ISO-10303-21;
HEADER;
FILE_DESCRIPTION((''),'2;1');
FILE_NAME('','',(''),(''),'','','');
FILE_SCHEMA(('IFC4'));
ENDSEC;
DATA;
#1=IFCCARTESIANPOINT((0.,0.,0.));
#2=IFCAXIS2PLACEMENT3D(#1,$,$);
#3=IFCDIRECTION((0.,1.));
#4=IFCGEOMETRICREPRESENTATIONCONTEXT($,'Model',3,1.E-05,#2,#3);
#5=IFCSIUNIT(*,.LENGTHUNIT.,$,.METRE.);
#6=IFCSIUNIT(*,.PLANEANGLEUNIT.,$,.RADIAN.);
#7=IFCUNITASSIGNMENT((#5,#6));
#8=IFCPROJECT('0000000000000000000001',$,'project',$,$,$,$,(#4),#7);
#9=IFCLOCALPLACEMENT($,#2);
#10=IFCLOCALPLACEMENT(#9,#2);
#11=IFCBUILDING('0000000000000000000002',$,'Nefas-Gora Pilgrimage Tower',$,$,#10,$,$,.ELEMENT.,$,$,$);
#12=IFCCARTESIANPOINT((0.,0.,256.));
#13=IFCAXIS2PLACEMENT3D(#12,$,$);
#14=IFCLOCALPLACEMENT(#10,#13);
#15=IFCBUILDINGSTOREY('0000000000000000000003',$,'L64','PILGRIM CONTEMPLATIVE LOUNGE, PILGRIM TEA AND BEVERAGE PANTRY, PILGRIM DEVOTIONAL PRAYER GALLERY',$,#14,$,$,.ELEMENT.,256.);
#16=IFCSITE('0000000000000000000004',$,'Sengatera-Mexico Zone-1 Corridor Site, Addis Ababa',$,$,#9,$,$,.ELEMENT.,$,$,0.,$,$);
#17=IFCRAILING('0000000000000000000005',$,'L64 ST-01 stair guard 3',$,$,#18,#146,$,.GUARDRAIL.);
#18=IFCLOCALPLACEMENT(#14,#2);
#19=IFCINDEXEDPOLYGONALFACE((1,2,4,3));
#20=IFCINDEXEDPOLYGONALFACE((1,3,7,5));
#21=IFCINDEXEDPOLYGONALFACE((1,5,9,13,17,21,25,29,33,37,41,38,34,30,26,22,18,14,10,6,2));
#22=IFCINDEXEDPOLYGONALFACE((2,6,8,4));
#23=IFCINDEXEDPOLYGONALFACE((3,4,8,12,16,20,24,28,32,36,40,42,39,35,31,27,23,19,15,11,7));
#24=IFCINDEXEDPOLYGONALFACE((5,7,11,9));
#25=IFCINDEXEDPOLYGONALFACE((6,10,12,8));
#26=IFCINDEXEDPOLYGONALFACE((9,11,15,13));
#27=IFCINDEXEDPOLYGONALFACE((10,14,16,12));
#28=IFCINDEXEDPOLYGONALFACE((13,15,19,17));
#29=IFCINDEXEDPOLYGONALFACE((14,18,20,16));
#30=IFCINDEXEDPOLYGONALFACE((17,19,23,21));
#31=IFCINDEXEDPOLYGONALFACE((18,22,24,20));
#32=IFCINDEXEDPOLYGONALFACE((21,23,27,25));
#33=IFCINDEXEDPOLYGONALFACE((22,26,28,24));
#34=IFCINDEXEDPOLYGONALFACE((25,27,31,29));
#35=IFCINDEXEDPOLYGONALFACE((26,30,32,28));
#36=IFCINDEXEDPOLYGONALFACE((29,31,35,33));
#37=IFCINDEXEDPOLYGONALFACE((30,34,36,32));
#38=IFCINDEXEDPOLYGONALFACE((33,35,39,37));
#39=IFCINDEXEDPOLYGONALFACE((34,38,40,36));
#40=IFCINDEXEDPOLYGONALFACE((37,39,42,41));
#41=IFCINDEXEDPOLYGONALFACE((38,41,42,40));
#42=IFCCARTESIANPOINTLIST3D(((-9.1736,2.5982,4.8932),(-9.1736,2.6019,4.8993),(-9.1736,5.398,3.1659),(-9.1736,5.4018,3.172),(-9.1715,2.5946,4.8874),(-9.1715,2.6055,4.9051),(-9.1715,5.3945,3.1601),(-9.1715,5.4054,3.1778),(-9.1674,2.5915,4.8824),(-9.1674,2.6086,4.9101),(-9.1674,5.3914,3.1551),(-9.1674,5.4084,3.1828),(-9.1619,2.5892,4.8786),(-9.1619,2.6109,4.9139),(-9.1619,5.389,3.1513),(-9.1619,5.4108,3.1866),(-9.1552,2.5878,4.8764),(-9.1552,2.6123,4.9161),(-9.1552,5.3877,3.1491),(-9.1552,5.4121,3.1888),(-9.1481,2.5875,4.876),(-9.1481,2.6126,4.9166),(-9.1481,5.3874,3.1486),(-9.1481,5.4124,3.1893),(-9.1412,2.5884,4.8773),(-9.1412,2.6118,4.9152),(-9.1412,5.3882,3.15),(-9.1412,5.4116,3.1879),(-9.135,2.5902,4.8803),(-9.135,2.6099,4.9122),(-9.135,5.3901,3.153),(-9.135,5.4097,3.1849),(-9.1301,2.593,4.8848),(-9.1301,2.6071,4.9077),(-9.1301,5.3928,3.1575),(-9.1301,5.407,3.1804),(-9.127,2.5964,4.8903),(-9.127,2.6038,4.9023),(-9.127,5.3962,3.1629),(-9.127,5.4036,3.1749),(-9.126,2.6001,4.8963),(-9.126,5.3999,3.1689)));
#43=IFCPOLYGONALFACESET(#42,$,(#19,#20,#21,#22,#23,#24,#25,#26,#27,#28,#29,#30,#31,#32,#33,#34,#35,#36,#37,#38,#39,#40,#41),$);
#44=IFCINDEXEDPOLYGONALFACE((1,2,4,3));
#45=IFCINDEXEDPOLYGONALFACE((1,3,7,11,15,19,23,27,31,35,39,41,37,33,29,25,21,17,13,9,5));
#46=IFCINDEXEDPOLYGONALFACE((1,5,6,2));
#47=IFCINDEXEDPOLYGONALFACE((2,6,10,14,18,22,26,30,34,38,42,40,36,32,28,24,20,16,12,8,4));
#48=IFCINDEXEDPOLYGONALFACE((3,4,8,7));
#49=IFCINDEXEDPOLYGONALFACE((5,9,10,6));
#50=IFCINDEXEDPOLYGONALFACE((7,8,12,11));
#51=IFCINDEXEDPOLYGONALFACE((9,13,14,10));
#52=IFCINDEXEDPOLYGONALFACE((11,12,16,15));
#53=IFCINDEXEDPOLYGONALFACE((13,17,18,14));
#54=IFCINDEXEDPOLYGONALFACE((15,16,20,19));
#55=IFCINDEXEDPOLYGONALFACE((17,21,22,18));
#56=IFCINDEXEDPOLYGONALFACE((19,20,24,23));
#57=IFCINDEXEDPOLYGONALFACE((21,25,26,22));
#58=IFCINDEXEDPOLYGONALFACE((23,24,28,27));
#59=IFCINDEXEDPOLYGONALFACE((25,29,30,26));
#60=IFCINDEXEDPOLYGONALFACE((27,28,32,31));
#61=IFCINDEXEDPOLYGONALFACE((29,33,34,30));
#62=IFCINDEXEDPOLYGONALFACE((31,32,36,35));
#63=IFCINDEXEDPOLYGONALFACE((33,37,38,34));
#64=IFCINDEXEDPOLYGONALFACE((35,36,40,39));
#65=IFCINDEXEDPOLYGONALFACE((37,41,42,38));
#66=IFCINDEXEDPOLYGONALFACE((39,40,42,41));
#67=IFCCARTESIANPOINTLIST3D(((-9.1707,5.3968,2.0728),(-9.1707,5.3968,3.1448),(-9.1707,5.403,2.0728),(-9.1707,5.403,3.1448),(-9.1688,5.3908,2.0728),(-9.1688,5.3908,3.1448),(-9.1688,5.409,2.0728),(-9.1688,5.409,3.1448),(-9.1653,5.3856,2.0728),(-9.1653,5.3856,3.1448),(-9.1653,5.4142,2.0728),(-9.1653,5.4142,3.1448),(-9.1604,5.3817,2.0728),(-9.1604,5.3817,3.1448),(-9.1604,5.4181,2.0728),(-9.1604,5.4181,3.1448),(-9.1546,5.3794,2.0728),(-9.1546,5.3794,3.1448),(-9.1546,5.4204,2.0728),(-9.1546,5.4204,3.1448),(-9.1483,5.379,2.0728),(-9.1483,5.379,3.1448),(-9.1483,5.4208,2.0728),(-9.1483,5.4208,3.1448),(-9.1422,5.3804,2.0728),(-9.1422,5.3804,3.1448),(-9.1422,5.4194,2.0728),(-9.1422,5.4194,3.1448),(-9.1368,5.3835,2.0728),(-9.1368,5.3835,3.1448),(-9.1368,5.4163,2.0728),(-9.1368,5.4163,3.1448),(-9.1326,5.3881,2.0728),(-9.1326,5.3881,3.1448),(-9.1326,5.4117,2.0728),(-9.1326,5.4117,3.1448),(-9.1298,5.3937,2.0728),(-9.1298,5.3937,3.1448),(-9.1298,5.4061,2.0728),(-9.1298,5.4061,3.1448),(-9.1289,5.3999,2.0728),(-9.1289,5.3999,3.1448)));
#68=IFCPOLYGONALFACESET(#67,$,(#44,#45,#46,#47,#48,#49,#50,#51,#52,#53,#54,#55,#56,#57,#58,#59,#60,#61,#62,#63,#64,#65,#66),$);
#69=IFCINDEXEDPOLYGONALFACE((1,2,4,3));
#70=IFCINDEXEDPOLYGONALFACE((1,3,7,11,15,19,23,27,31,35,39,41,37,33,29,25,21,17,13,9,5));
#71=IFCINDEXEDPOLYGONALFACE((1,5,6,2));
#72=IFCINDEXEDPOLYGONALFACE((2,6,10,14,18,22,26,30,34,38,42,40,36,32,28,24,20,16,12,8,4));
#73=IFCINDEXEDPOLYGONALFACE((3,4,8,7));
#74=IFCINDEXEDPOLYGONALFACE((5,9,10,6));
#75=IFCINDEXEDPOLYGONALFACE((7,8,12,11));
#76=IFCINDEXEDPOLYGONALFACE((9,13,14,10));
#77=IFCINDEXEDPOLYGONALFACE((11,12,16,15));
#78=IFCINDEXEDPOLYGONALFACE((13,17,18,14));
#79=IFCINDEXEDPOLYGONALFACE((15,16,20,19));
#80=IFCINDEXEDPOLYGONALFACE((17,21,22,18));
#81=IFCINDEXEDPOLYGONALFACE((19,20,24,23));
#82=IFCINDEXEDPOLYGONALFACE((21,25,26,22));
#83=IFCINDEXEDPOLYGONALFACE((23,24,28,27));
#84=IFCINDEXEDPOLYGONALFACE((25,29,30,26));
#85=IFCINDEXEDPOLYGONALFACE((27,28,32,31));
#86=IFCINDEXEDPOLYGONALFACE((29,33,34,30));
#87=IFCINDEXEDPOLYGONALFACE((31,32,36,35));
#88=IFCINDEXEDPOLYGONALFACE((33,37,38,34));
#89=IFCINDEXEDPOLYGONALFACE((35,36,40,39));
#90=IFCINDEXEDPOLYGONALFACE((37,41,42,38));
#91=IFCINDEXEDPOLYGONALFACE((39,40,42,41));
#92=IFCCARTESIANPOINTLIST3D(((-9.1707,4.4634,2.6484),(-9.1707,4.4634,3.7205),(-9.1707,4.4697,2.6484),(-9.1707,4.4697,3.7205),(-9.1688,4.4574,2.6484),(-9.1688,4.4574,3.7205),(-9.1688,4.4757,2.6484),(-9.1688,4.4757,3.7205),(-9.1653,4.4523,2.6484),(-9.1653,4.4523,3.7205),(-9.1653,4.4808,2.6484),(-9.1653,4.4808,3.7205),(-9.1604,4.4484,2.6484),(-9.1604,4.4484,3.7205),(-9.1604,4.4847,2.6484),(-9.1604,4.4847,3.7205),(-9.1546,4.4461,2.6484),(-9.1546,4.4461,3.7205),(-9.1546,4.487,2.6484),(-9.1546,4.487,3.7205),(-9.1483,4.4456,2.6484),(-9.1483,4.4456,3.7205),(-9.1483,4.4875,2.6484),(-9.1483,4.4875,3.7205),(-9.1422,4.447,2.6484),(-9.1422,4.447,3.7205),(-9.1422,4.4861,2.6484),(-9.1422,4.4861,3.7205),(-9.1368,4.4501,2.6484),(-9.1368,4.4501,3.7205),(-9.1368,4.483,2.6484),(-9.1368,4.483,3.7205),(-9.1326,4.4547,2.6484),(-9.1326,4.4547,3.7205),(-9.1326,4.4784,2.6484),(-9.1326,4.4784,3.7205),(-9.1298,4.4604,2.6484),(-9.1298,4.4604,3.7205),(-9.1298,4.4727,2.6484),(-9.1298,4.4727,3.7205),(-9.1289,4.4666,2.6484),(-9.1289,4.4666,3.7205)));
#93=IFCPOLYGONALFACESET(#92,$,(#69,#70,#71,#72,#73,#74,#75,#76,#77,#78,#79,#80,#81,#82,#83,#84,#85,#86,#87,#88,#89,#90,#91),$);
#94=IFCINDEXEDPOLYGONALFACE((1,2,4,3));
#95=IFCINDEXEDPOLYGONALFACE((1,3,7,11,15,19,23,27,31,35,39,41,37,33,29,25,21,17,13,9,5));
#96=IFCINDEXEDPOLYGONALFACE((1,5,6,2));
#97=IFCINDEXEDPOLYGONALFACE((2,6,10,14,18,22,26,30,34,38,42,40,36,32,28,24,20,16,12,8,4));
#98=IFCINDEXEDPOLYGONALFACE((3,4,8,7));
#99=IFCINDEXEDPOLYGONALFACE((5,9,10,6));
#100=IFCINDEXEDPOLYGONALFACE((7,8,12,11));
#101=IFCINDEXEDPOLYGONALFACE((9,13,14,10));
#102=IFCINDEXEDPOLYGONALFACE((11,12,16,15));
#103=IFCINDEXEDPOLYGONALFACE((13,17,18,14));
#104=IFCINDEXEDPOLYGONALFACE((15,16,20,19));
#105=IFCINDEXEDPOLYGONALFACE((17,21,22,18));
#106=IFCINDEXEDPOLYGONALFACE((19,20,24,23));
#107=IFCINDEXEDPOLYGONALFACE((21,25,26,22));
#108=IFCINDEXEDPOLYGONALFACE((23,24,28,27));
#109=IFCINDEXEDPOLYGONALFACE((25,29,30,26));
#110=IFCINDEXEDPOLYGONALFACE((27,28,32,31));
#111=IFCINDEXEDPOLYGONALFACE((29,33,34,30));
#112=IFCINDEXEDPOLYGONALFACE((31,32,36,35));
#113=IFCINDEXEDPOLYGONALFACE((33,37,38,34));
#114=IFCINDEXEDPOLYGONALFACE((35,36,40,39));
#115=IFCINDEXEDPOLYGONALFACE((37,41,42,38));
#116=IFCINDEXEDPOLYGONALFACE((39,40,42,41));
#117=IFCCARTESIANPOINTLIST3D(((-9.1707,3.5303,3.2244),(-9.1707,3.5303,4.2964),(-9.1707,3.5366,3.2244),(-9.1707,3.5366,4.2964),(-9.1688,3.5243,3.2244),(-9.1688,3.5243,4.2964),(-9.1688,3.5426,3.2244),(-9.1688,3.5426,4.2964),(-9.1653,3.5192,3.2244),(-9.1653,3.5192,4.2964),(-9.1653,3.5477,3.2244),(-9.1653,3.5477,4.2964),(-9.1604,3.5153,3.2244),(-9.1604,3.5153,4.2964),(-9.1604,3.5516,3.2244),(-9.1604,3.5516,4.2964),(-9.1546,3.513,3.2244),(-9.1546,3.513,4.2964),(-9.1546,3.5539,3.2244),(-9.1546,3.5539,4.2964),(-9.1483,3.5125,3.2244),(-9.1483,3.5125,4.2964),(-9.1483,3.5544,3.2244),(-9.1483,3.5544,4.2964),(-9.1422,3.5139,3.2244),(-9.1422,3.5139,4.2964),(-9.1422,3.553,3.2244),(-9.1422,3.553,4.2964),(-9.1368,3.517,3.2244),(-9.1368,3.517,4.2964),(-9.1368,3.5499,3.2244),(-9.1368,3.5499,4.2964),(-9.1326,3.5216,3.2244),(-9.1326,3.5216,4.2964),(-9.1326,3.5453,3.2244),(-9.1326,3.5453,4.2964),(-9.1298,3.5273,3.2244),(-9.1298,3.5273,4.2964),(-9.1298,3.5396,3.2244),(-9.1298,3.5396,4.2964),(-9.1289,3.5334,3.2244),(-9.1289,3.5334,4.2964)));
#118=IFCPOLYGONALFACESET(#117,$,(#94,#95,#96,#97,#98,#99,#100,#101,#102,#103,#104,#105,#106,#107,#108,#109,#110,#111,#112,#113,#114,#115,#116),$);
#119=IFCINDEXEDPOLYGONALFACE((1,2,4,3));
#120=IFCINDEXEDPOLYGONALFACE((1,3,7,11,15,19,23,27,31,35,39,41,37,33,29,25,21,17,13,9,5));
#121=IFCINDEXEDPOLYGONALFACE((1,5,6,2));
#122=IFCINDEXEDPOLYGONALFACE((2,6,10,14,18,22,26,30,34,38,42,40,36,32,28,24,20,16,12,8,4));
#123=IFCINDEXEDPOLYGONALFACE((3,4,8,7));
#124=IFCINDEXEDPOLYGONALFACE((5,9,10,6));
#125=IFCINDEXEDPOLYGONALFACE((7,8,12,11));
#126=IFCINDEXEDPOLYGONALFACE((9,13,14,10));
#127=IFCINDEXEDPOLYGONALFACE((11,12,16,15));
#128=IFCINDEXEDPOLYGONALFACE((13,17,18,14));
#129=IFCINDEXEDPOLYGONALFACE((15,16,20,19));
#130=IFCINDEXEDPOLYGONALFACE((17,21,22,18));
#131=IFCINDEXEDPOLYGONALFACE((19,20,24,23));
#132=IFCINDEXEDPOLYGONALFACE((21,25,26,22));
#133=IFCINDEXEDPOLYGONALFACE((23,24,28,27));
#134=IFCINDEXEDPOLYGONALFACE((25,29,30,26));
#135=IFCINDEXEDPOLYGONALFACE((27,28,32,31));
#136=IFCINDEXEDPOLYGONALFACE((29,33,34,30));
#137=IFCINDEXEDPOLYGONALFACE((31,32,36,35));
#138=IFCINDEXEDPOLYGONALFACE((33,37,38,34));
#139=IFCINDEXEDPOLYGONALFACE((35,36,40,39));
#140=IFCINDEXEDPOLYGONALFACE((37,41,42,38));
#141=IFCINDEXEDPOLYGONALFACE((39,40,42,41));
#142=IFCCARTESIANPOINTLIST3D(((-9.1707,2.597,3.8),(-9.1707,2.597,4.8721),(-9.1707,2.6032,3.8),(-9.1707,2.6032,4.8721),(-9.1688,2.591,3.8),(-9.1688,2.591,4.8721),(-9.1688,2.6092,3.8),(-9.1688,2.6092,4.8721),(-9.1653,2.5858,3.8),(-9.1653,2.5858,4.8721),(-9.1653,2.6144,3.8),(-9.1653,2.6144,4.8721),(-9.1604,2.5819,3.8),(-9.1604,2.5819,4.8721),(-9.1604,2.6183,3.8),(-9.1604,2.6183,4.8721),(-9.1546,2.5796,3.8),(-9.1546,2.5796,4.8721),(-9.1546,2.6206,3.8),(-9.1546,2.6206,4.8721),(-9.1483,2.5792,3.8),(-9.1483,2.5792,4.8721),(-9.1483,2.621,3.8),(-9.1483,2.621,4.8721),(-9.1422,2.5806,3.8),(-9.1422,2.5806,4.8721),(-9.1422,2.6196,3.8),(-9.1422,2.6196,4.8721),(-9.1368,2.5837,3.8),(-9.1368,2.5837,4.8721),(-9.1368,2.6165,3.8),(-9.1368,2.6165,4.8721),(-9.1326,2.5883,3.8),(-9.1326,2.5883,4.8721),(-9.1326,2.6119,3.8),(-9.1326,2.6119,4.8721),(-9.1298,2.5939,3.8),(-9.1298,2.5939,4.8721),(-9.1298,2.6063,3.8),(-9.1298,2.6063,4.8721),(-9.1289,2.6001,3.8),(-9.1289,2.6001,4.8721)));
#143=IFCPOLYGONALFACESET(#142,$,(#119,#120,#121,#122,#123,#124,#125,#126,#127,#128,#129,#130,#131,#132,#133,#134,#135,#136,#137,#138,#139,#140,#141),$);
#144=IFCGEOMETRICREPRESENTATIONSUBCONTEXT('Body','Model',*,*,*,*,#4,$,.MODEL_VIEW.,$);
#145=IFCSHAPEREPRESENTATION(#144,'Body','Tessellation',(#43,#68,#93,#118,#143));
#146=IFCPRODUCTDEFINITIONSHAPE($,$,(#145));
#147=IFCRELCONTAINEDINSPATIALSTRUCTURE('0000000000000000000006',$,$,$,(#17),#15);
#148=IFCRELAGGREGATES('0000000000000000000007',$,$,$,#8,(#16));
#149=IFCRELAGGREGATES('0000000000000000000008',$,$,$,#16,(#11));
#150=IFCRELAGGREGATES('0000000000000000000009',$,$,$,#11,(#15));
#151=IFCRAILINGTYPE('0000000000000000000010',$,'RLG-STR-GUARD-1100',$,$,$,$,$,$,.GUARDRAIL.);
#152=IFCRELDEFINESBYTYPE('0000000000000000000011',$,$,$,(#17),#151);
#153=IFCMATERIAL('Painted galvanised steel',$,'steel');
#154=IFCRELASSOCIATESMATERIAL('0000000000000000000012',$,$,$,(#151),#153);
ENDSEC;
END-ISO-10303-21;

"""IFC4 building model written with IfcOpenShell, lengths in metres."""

from ifc_helpers import new_model, si_unit, direction, frame, origin, origin_2d, place, context, subcontext, project, spatial, circle, extrude, material, type_object, element, save


model = new_model("IFC4")

# Units and contexts
model_context = context("Model", 3, precision=1e-05, world=origin(), true_north=direction((0.0, 1.0)))
body_context = subcontext(model_context, "Body", "Model", "MODEL_VIEW")
ifc_project = project(units=[si_unit("LENGTHUNIT", "METRE"), si_unit("PLANEANGLEUNIT", "RADIAN")], contexts=[model_context])

# Site, building, storey
site_placement = place(None, origin())
site = spatial("IfcSite", under=ifc_project, at=site_placement, Name="Sengatera-Mexico Zone-1 Corridor Site, Addis Ababa", CompositionType="ELEMENT", RefElevation=0.0)
building_placement = place(site_placement, origin())
building = spatial("IfcBuilding", under=site, at=building_placement, Name="Nefas-Gora Pilgrimage Tower", CompositionType="ELEMENT")
storey_placement = place(building_placement, frame((0.0, 0.0, 256.0)))
storey = spatial("IfcBuildingStorey", under=building, at=storey_placement, Name="L64", Description="PILGRIM CONTEMPLATIVE LOUNGE, PILGRIM TEA AND BEVERAGE PANTRY, PILGRIM DEVOTIONAL PRAYER GALLERY", CompositionType="ELEMENT", Elevation=256.0)

# Railing
ifc_material_1 = material(Name="Painted galvanised steel", Category="steel")
railing_type_1 = type_object("IfcRailingType", Name="RLG-STR-GUARD-1100", PredefinedType="GUARDRAIL", material=ifc_material_1)
railing_1_placement = place(storey_placement, frame((-9.1499, 5.3999, 2.0728)))
element("IfcRailing", 1, at=railing_1_placement, inside=storey, type_object=railing_type_1, Name="L64 ST-01 stair guard 3", PredefinedType="GUARDRAIL", context=body_context, shape_type="SweptSolid", body=[
    extrude(circle(Radius=0.0239, at=origin_2d()), frame((0.0, 0.0, 1.0962), z_axis=(0.0, -0.851069, 0.525054), x_axis=(1.0, 0.0, 0.0)), (0.0, 0.0, 1.0), 3.2898),
    extrude(circle(Radius=0.021, at=origin_2d()), origin(), (0.0, 0.0, 1.0), 1.072),
    extrude(circle(Radius=0.021, at=origin_2d()), frame((0.0, -0.9333, 0.5757)), (0.0, 0.0, 1.0), 1.072),
    extrude(circle(Radius=0.021, at=origin_2d()), frame((0.0, -1.8665, 1.1516)), (0.0, 0.0, 1.0), 1.072),
    extrude(circle(Radius=0.021, at=origin_2d()), frame((0.0, -2.7998, 1.7273)), (0.0, 0.0, 1.0), 1.072),
])

save(model, "model.ifc")
